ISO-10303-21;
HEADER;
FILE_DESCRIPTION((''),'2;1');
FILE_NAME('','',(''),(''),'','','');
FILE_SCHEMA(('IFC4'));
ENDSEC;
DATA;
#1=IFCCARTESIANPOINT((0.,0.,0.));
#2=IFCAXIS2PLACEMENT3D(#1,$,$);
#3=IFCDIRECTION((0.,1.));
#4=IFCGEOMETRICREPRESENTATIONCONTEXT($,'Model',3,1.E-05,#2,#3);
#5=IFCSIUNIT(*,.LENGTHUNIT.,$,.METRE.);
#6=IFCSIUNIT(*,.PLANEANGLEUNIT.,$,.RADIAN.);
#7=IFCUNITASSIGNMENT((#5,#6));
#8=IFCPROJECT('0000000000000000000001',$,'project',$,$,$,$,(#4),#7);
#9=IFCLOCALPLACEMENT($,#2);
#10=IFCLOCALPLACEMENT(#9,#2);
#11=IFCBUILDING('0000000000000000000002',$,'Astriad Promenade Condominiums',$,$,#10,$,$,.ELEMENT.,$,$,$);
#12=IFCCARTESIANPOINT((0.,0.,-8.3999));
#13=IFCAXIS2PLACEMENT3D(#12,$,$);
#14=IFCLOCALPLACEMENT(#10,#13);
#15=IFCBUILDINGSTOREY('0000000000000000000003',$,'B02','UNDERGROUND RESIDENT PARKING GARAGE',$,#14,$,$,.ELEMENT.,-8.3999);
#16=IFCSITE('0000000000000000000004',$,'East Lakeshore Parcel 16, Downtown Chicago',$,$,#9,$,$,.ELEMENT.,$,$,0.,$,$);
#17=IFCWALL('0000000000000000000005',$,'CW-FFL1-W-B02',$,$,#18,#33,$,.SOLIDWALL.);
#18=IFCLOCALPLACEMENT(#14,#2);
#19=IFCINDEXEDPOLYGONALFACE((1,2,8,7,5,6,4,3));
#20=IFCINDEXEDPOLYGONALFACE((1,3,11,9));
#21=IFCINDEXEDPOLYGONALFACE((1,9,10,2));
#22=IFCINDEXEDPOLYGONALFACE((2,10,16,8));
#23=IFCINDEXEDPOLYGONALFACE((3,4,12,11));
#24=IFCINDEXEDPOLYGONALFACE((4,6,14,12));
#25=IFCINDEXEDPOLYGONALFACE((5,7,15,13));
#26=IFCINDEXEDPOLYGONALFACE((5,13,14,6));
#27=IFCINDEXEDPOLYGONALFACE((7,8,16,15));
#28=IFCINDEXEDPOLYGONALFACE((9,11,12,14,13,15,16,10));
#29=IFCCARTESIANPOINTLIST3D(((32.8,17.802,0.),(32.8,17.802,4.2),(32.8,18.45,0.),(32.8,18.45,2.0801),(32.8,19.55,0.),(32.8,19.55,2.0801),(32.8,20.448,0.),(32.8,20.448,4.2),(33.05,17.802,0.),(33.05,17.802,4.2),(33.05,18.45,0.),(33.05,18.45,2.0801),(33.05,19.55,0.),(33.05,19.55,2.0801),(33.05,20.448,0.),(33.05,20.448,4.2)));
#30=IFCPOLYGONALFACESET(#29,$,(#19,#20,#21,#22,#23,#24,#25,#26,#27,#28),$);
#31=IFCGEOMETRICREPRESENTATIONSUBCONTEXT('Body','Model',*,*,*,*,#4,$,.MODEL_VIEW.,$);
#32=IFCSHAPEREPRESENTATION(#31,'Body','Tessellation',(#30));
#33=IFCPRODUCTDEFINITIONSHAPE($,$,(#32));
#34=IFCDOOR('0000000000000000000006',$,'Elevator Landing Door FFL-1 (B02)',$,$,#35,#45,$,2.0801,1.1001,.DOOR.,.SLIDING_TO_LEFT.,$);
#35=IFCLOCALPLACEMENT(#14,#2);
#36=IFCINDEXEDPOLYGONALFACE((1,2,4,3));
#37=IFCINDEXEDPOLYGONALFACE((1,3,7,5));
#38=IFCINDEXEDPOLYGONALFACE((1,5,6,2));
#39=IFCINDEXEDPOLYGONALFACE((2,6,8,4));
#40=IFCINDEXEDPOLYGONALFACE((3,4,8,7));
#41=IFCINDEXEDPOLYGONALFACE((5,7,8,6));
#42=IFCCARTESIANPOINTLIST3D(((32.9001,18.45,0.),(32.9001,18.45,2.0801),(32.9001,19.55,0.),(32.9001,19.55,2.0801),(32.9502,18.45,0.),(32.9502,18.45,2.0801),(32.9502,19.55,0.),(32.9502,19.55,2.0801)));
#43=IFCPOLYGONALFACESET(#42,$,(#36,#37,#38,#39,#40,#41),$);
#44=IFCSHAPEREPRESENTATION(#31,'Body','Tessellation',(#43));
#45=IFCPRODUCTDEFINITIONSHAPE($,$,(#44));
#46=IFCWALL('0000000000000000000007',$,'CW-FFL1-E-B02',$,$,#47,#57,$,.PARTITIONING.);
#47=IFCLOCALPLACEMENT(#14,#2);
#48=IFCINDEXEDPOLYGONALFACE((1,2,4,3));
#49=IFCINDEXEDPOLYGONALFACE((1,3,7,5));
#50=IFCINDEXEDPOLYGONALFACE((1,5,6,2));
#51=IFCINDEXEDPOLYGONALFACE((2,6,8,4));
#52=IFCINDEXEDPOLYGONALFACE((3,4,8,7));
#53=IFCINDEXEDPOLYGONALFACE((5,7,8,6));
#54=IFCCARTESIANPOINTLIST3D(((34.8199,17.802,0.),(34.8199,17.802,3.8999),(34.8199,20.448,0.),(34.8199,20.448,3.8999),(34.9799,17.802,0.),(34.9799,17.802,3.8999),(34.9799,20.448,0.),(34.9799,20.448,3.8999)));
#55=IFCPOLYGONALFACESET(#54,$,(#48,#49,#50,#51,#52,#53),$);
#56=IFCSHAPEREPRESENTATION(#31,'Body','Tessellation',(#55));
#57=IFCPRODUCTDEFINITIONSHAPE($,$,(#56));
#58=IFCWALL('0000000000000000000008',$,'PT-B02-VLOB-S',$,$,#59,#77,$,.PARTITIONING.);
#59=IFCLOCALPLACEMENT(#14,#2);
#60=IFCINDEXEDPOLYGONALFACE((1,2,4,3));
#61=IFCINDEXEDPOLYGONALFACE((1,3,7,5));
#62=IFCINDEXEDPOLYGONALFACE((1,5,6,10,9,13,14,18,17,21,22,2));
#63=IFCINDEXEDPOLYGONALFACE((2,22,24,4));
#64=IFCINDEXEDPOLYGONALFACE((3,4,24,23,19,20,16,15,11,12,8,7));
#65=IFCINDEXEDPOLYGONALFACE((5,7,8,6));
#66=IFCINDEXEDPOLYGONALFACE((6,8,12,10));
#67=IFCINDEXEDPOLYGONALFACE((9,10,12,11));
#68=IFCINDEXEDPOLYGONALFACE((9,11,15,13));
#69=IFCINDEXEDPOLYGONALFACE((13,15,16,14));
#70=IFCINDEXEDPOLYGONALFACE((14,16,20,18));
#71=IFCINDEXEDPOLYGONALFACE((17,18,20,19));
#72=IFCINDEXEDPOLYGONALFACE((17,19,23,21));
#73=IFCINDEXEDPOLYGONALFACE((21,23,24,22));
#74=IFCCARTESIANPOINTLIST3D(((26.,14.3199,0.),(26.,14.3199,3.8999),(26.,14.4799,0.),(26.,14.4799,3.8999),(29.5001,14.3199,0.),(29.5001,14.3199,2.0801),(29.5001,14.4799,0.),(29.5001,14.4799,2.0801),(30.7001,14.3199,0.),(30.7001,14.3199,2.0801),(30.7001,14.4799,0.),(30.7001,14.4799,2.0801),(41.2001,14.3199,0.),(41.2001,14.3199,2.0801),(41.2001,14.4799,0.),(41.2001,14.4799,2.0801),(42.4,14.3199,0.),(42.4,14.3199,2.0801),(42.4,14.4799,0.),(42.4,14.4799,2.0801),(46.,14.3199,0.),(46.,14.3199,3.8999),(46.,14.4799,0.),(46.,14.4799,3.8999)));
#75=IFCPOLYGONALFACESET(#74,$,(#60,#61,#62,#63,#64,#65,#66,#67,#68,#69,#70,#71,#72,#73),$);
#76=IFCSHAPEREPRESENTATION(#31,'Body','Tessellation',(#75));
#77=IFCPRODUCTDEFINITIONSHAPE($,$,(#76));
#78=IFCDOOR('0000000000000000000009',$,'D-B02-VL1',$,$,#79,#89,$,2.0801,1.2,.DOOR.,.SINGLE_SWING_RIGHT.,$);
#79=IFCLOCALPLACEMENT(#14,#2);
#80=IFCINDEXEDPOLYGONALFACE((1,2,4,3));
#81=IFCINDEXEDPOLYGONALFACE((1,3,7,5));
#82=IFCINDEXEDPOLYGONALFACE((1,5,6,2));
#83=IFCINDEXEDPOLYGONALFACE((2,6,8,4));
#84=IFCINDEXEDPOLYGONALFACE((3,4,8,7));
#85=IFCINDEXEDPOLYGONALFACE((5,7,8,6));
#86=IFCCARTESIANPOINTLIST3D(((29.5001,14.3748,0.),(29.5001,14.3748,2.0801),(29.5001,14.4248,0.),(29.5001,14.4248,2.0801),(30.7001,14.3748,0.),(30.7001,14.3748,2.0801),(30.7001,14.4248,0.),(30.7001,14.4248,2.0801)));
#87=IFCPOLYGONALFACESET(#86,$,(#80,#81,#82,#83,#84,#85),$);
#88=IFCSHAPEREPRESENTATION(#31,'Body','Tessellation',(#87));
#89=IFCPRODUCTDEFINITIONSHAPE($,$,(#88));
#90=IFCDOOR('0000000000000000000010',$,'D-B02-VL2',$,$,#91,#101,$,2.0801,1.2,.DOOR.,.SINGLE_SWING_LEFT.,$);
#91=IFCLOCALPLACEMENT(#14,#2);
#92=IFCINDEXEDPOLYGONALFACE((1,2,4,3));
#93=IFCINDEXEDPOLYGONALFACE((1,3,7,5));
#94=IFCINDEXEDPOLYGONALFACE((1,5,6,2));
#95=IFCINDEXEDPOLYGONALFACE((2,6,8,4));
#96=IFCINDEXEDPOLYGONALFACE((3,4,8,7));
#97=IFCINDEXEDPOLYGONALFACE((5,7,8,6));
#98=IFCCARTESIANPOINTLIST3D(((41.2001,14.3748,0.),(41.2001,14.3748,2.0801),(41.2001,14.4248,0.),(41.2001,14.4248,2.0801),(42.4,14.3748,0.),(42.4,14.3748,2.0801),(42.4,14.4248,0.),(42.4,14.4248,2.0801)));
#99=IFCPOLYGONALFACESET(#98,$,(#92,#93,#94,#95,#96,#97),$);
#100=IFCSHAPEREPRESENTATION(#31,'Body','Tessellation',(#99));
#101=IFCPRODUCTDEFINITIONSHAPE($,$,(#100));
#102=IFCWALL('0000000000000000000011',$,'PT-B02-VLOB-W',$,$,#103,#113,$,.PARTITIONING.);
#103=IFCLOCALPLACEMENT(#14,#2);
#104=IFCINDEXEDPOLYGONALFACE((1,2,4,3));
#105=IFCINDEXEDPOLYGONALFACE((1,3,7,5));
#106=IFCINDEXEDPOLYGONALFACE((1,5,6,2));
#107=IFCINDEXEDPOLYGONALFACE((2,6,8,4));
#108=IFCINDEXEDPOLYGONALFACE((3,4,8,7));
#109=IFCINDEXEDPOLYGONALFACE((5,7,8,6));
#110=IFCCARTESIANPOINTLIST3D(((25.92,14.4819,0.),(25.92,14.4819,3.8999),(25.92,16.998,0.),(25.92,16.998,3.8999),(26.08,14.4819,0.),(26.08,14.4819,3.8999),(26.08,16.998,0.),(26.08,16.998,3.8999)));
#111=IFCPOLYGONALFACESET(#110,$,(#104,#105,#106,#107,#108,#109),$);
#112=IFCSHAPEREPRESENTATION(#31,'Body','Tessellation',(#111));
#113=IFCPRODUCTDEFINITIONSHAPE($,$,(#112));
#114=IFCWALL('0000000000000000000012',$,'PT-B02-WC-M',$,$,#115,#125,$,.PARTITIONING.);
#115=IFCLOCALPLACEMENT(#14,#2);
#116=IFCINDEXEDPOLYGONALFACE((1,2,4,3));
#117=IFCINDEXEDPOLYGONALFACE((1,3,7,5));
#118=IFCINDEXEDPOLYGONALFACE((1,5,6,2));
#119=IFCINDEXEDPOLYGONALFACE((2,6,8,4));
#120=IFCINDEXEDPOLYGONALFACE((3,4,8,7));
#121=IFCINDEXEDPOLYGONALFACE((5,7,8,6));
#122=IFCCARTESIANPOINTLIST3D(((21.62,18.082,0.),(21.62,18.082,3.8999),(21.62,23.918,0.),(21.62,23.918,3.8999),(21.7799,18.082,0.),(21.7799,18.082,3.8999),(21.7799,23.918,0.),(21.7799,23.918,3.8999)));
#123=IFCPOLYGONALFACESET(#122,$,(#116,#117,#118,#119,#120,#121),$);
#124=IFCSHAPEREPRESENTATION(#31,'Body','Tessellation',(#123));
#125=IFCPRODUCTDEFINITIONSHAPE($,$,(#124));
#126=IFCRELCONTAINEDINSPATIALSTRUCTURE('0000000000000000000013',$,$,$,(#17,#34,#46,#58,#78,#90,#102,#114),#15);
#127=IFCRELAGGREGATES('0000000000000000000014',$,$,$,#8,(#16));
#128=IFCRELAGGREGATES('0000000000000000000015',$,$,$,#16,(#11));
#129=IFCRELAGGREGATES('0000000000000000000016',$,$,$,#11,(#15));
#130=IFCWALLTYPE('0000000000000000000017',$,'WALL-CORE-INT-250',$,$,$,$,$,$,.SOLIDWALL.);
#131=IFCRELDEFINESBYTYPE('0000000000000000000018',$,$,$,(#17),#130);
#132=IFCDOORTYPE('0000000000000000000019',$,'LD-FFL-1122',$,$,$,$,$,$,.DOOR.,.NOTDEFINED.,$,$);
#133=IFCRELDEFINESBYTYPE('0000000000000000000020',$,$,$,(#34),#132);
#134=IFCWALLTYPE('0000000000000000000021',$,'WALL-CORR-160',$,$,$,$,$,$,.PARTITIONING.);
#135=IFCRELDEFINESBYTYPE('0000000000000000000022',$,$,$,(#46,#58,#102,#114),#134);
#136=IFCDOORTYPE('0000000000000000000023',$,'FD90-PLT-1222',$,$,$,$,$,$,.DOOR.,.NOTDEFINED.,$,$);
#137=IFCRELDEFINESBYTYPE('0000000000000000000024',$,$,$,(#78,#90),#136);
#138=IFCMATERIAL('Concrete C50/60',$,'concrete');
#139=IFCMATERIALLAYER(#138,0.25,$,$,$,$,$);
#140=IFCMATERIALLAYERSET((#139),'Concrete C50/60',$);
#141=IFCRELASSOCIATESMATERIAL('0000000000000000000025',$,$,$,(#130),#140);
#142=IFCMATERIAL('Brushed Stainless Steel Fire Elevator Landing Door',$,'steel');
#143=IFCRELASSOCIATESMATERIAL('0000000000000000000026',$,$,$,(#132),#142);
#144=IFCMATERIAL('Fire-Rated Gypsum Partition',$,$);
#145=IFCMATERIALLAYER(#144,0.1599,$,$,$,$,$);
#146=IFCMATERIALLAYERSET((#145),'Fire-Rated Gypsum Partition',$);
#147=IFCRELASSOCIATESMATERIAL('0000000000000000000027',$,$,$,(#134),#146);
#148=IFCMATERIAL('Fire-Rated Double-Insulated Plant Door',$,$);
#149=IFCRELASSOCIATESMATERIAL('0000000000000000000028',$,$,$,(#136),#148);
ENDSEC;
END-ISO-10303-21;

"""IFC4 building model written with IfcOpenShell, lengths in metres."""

from ifc_helpers import new_model, si_unit, direction, frame, frame_2d, origin, place, context, subcontext, project, spatial, rectangle, extrude, source, transform, mapped, material, layer, layer_set, type_object, type_shapes, element, fill, save


model = new_model("IFC4")

# Units and contexts
model_context = context("Model", 3, precision=1e-05, world=origin(), true_north=direction((0.0, 1.0)))
body_context = subcontext(model_context, "Body", "Model", "MODEL_VIEW")
ifc_project = project(units=[si_unit("LENGTHUNIT", "METRE"), si_unit("PLANEANGLEUNIT", "RADIAN")], contexts=[model_context])

# Site, building, storey
site_placement = place(None, origin())
site = spatial("IfcSite", under=ifc_project, at=site_placement, Name="East Lakeshore Parcel 16, Downtown Chicago", CompositionType="ELEMENT", RefElevation=0.0)
building_placement = place(site_placement, origin())
building = spatial("IfcBuilding", under=site, at=building_placement, Name="Astriad Promenade Condominiums", CompositionType="ELEMENT")
storey_placement = place(building_placement, frame((0.0, 0.0, -8.3999)))
storey = spatial("IfcBuildingStorey", under=building, at=storey_placement, Name="B02", Description="UNDERGROUND RESIDENT PARKING GARAGE", CompositionType="ELEMENT", Elevation=-8.3999)

# Shared definitions
ifc_material_1 = material(Name="Concrete C50/60", Category="concrete")

# Wall, opening, door
ifc_layer_1 = layer(ifc_material_1, 0.25)
ifc_layer_set_1 = layer_set([ifc_layer_1], Name="Concrete C50/60")
wall_type_1 = type_object("IfcWallType", Name="WALL-CORE-INT-250", PredefinedType="SOLIDWALL", material=ifc_layer_set_1)
wall_1_placement = place(storey_placement, frame((32.925, 17.802, 0.0), z_axis=(0.0, 0.0, 1.0), x_axis=(0.0, 1.0, 0.0)))
wall_1 = element("IfcWall", 1, at=wall_1_placement, inside=storey, type_object=wall_type_1, Name="CW-FFL1-W-B02", PredefinedType="SOLIDWALL", context=body_context, shape_type="SweptSolid", body=[
    extrude(rectangle(XDim=2.646, YDim=0.25, at=frame_2d((1.323, 0.0))), origin(), (0.0, 0.0, 1.0), 4.2),
])
opening_1_placement = place(wall_1_placement, frame((0.6479, 0.0, 0.0)))
opening_1 = element("IfcOpeningElement", 2, at=opening_1_placement, cuts=wall_1, PredefinedType="OPENING", context=body_context, shape_type="SweptSolid", body=[
    extrude(rectangle(XDim=1.1001, YDim=2.0801, at=frame_2d((0.55, 1.04))), frame((0.0, 0.135, 0.0), z_axis=(0.0, -1.0, 0.0), x_axis=(1.0, 0.0, 0.0)), (0.0, 0.0, 1.0), 0.27),
])
ifc_material_2 = material(Name="Brushed Stainless Steel Fire Elevator Landing Door", Category="steel")
door_type_1 = type_object("IfcDoorType", Name="LD-FFL-1122", OperationType="NOTDEFINED", PredefinedType="DOOR", material=ifc_material_2)
shared_shape_1 = source(origin(), body_context, "Body", "SweptSolid", [
    extrude(rectangle(XDim=1.1001, YDim=2.0801, at=frame_2d((0.55, 1.04))), frame((0.0, 0.0249, 0.0), z_axis=(0.0, -1.0, 0.0), x_axis=(1.0, 0.0, 0.0)), (0.0, 0.0, 1.0), 0.05),
])
type_shapes(door_type_1, [shared_shape_1])
door_1_placement = place(opening_1_placement, origin())
door_1 = element("IfcDoor", 3, at=door_1_placement, inside=storey, type_object=door_type_1, Name="Elevator Landing Door FFL-1 (B02)", OperationType="SLIDING_TO_LEFT", OverallHeight=2.0801, OverallWidth=1.1001, PredefinedType="DOOR", context=body_context, shape_type="MappedRepresentation", body=[
    mapped(shared_shape_1, transform((0.0, 0.0, 0.0), scale=1.0)),
])
fill(opening_1, door_1)

# Wall
ifc_material_3 = material(Name="Fire-Rated Gypsum Partition")
ifc_layer_2 = layer(ifc_material_3, 0.1599)
ifc_layer_set_2 = layer_set([ifc_layer_2], Name="Fire-Rated Gypsum Partition")
wall_type_2 = type_object("IfcWallType", Name="WALL-CORR-160", PredefinedType="PARTITIONING", material=ifc_layer_set_2)
wall_2_placement = place(storey_placement, frame((34.8999, 17.802, 0.0), z_axis=(0.0, 0.0, 1.0), x_axis=(0.0, 1.0, 0.0)))
element("IfcWall", 4, at=wall_2_placement, inside=storey, type_object=wall_type_2, Name="CW-FFL1-E-B02", PredefinedType="PARTITIONING", context=body_context, shape_type="SweptSolid", body=[
    extrude(rectangle(XDim=2.646, YDim=0.1599, at=frame_2d((1.323, 0.0))), origin(), (0.0, 0.0, 1.0), 3.8999),
])

# Wall, openings, doors
wall_3_placement = place(storey_placement, frame((26.0, 14.3999, 0.0), z_axis=(0.0, 0.0, 1.0), x_axis=(1.0, 0.0, 0.0)))
wall_3 = element("IfcWall", 5, at=wall_3_placement, inside=storey, type_object=wall_type_2, Name="PT-B02-VLOB-S", PredefinedType="PARTITIONING", context=body_context, shape_type="SweptSolid", body=[
    extrude(rectangle(XDim=20.0, YDim=0.1599, at=frame_2d((10.0, 0.0))), origin(), (0.0, 0.0, 1.0), 3.8999),
])
opening_2_placement = place(wall_3_placement, frame((3.5, 0.0, 0.0)))
opening_2 = element("IfcOpeningElement", 6, at=opening_2_placement, cuts=wall_3, PredefinedType="OPENING", context=body_context, shape_type="SweptSolid", body=[
    extrude(rectangle(XDim=1.2, YDim=2.0801, at=frame_2d((0.6001, 1.04))), frame((0.0, 0.0898, 0.0), z_axis=(0.0, -1.0, 0.0), x_axis=(1.0, 0.0, 0.0)), (0.0, 0.0, 1.0), 0.1799),
])
opening_3_placement = place(wall_3_placement, frame((15.2, 0.0, 0.0)))
opening_3 = element("IfcOpeningElement", 7, at=opening_3_placement, cuts=wall_3, PredefinedType="OPENING", context=body_context, shape_type="SweptSolid", body=[
    extrude(rectangle(XDim=1.2, YDim=2.0801, at=frame_2d((0.6001, 1.04))), frame((0.0, 0.0898, 0.0), z_axis=(0.0, -1.0, 0.0), x_axis=(1.0, 0.0, 0.0)), (0.0, 0.0, 1.0), 0.1799),
])
ifc_material_4 = material(Name="Fire-Rated Double-Insulated Plant Door")
door_type_2 = type_object("IfcDoorType", Name="FD90-PLT-1222", OperationType="NOTDEFINED", PredefinedType="DOOR", material=ifc_material_4)
shared_shape_2 = source(origin(), body_context, "Body", "SweptSolid", [
    extrude(rectangle(XDim=1.2, YDim=2.0801, at=frame_2d((0.6001, 1.04))), frame((0.0, 0.0249, 0.0), z_axis=(0.0, -1.0, 0.0), x_axis=(1.0, 0.0, 0.0)), (0.0, 0.0, 1.0), 0.05),
])
type_shapes(door_type_2, [shared_shape_2])
door_2_placement = place(opening_2_placement, origin())
door_2 = element("IfcDoor", 8, at=door_2_placement, inside=storey, type_object=door_type_2, Name="D-B02-VL1", OperationType="SINGLE_SWING_RIGHT", OverallHeight=2.0801, OverallWidth=1.2, PredefinedType="DOOR", context=body_context, shape_type="MappedRepresentation", body=[
    mapped(shared_shape_2, transform((0.0, 0.0, 0.0), scale=1.0)),
])
fill(opening_2, door_2)
door_3_placement = place(opening_3_placement, origin())
door_3 = element("IfcDoor", 9, at=door_3_placement, inside=storey, type_object=door_type_2, Name="D-B02-VL2", OperationType="SINGLE_SWING_LEFT", OverallHeight=2.0801, OverallWidth=1.2, PredefinedType="DOOR", context=body_context, shape_type="MappedRepresentation", body=[
    mapped(shared_shape_2, transform((0.0, 0.0, 0.0), scale=1.0)),
])
fill(opening_3, door_3)

# Walls
wall_4_placement = place(storey_placement, frame((26.0, 14.4819, 0.0), z_axis=(0.0, 0.0, 1.0), x_axis=(0.0, 1.0, 0.0)))
element("IfcWall", 10, at=wall_4_placement, inside=storey, type_object=wall_type_2, Name="PT-B02-VLOB-W", PredefinedType="PARTITIONING", context=body_context, shape_type="SweptSolid", body=[
    extrude(rectangle(XDim=2.5161, YDim=0.1599, at=frame_2d((1.2581, 0.0))), origin(), (0.0, 0.0, 1.0), 3.8999),
])
wall_5_placement = place(storey_placement, frame((21.7, 18.082, 0.0), z_axis=(0.0, 0.0, 1.0), x_axis=(0.0, 1.0, 0.0)))
element("IfcWall", 11, at=wall_5_placement, inside=storey, type_object=wall_type_2, Name="PT-B02-WC-M", PredefinedType="PARTITIONING", context=body_context, shape_type="SweptSolid", body=[
    extrude(rectangle(XDim=5.8359, YDim=0.1599, at=frame_2d((2.918, 0.0))), origin(), (0.0, 0.0, 1.0), 3.8999),
])

save(model, "model.ifc")
